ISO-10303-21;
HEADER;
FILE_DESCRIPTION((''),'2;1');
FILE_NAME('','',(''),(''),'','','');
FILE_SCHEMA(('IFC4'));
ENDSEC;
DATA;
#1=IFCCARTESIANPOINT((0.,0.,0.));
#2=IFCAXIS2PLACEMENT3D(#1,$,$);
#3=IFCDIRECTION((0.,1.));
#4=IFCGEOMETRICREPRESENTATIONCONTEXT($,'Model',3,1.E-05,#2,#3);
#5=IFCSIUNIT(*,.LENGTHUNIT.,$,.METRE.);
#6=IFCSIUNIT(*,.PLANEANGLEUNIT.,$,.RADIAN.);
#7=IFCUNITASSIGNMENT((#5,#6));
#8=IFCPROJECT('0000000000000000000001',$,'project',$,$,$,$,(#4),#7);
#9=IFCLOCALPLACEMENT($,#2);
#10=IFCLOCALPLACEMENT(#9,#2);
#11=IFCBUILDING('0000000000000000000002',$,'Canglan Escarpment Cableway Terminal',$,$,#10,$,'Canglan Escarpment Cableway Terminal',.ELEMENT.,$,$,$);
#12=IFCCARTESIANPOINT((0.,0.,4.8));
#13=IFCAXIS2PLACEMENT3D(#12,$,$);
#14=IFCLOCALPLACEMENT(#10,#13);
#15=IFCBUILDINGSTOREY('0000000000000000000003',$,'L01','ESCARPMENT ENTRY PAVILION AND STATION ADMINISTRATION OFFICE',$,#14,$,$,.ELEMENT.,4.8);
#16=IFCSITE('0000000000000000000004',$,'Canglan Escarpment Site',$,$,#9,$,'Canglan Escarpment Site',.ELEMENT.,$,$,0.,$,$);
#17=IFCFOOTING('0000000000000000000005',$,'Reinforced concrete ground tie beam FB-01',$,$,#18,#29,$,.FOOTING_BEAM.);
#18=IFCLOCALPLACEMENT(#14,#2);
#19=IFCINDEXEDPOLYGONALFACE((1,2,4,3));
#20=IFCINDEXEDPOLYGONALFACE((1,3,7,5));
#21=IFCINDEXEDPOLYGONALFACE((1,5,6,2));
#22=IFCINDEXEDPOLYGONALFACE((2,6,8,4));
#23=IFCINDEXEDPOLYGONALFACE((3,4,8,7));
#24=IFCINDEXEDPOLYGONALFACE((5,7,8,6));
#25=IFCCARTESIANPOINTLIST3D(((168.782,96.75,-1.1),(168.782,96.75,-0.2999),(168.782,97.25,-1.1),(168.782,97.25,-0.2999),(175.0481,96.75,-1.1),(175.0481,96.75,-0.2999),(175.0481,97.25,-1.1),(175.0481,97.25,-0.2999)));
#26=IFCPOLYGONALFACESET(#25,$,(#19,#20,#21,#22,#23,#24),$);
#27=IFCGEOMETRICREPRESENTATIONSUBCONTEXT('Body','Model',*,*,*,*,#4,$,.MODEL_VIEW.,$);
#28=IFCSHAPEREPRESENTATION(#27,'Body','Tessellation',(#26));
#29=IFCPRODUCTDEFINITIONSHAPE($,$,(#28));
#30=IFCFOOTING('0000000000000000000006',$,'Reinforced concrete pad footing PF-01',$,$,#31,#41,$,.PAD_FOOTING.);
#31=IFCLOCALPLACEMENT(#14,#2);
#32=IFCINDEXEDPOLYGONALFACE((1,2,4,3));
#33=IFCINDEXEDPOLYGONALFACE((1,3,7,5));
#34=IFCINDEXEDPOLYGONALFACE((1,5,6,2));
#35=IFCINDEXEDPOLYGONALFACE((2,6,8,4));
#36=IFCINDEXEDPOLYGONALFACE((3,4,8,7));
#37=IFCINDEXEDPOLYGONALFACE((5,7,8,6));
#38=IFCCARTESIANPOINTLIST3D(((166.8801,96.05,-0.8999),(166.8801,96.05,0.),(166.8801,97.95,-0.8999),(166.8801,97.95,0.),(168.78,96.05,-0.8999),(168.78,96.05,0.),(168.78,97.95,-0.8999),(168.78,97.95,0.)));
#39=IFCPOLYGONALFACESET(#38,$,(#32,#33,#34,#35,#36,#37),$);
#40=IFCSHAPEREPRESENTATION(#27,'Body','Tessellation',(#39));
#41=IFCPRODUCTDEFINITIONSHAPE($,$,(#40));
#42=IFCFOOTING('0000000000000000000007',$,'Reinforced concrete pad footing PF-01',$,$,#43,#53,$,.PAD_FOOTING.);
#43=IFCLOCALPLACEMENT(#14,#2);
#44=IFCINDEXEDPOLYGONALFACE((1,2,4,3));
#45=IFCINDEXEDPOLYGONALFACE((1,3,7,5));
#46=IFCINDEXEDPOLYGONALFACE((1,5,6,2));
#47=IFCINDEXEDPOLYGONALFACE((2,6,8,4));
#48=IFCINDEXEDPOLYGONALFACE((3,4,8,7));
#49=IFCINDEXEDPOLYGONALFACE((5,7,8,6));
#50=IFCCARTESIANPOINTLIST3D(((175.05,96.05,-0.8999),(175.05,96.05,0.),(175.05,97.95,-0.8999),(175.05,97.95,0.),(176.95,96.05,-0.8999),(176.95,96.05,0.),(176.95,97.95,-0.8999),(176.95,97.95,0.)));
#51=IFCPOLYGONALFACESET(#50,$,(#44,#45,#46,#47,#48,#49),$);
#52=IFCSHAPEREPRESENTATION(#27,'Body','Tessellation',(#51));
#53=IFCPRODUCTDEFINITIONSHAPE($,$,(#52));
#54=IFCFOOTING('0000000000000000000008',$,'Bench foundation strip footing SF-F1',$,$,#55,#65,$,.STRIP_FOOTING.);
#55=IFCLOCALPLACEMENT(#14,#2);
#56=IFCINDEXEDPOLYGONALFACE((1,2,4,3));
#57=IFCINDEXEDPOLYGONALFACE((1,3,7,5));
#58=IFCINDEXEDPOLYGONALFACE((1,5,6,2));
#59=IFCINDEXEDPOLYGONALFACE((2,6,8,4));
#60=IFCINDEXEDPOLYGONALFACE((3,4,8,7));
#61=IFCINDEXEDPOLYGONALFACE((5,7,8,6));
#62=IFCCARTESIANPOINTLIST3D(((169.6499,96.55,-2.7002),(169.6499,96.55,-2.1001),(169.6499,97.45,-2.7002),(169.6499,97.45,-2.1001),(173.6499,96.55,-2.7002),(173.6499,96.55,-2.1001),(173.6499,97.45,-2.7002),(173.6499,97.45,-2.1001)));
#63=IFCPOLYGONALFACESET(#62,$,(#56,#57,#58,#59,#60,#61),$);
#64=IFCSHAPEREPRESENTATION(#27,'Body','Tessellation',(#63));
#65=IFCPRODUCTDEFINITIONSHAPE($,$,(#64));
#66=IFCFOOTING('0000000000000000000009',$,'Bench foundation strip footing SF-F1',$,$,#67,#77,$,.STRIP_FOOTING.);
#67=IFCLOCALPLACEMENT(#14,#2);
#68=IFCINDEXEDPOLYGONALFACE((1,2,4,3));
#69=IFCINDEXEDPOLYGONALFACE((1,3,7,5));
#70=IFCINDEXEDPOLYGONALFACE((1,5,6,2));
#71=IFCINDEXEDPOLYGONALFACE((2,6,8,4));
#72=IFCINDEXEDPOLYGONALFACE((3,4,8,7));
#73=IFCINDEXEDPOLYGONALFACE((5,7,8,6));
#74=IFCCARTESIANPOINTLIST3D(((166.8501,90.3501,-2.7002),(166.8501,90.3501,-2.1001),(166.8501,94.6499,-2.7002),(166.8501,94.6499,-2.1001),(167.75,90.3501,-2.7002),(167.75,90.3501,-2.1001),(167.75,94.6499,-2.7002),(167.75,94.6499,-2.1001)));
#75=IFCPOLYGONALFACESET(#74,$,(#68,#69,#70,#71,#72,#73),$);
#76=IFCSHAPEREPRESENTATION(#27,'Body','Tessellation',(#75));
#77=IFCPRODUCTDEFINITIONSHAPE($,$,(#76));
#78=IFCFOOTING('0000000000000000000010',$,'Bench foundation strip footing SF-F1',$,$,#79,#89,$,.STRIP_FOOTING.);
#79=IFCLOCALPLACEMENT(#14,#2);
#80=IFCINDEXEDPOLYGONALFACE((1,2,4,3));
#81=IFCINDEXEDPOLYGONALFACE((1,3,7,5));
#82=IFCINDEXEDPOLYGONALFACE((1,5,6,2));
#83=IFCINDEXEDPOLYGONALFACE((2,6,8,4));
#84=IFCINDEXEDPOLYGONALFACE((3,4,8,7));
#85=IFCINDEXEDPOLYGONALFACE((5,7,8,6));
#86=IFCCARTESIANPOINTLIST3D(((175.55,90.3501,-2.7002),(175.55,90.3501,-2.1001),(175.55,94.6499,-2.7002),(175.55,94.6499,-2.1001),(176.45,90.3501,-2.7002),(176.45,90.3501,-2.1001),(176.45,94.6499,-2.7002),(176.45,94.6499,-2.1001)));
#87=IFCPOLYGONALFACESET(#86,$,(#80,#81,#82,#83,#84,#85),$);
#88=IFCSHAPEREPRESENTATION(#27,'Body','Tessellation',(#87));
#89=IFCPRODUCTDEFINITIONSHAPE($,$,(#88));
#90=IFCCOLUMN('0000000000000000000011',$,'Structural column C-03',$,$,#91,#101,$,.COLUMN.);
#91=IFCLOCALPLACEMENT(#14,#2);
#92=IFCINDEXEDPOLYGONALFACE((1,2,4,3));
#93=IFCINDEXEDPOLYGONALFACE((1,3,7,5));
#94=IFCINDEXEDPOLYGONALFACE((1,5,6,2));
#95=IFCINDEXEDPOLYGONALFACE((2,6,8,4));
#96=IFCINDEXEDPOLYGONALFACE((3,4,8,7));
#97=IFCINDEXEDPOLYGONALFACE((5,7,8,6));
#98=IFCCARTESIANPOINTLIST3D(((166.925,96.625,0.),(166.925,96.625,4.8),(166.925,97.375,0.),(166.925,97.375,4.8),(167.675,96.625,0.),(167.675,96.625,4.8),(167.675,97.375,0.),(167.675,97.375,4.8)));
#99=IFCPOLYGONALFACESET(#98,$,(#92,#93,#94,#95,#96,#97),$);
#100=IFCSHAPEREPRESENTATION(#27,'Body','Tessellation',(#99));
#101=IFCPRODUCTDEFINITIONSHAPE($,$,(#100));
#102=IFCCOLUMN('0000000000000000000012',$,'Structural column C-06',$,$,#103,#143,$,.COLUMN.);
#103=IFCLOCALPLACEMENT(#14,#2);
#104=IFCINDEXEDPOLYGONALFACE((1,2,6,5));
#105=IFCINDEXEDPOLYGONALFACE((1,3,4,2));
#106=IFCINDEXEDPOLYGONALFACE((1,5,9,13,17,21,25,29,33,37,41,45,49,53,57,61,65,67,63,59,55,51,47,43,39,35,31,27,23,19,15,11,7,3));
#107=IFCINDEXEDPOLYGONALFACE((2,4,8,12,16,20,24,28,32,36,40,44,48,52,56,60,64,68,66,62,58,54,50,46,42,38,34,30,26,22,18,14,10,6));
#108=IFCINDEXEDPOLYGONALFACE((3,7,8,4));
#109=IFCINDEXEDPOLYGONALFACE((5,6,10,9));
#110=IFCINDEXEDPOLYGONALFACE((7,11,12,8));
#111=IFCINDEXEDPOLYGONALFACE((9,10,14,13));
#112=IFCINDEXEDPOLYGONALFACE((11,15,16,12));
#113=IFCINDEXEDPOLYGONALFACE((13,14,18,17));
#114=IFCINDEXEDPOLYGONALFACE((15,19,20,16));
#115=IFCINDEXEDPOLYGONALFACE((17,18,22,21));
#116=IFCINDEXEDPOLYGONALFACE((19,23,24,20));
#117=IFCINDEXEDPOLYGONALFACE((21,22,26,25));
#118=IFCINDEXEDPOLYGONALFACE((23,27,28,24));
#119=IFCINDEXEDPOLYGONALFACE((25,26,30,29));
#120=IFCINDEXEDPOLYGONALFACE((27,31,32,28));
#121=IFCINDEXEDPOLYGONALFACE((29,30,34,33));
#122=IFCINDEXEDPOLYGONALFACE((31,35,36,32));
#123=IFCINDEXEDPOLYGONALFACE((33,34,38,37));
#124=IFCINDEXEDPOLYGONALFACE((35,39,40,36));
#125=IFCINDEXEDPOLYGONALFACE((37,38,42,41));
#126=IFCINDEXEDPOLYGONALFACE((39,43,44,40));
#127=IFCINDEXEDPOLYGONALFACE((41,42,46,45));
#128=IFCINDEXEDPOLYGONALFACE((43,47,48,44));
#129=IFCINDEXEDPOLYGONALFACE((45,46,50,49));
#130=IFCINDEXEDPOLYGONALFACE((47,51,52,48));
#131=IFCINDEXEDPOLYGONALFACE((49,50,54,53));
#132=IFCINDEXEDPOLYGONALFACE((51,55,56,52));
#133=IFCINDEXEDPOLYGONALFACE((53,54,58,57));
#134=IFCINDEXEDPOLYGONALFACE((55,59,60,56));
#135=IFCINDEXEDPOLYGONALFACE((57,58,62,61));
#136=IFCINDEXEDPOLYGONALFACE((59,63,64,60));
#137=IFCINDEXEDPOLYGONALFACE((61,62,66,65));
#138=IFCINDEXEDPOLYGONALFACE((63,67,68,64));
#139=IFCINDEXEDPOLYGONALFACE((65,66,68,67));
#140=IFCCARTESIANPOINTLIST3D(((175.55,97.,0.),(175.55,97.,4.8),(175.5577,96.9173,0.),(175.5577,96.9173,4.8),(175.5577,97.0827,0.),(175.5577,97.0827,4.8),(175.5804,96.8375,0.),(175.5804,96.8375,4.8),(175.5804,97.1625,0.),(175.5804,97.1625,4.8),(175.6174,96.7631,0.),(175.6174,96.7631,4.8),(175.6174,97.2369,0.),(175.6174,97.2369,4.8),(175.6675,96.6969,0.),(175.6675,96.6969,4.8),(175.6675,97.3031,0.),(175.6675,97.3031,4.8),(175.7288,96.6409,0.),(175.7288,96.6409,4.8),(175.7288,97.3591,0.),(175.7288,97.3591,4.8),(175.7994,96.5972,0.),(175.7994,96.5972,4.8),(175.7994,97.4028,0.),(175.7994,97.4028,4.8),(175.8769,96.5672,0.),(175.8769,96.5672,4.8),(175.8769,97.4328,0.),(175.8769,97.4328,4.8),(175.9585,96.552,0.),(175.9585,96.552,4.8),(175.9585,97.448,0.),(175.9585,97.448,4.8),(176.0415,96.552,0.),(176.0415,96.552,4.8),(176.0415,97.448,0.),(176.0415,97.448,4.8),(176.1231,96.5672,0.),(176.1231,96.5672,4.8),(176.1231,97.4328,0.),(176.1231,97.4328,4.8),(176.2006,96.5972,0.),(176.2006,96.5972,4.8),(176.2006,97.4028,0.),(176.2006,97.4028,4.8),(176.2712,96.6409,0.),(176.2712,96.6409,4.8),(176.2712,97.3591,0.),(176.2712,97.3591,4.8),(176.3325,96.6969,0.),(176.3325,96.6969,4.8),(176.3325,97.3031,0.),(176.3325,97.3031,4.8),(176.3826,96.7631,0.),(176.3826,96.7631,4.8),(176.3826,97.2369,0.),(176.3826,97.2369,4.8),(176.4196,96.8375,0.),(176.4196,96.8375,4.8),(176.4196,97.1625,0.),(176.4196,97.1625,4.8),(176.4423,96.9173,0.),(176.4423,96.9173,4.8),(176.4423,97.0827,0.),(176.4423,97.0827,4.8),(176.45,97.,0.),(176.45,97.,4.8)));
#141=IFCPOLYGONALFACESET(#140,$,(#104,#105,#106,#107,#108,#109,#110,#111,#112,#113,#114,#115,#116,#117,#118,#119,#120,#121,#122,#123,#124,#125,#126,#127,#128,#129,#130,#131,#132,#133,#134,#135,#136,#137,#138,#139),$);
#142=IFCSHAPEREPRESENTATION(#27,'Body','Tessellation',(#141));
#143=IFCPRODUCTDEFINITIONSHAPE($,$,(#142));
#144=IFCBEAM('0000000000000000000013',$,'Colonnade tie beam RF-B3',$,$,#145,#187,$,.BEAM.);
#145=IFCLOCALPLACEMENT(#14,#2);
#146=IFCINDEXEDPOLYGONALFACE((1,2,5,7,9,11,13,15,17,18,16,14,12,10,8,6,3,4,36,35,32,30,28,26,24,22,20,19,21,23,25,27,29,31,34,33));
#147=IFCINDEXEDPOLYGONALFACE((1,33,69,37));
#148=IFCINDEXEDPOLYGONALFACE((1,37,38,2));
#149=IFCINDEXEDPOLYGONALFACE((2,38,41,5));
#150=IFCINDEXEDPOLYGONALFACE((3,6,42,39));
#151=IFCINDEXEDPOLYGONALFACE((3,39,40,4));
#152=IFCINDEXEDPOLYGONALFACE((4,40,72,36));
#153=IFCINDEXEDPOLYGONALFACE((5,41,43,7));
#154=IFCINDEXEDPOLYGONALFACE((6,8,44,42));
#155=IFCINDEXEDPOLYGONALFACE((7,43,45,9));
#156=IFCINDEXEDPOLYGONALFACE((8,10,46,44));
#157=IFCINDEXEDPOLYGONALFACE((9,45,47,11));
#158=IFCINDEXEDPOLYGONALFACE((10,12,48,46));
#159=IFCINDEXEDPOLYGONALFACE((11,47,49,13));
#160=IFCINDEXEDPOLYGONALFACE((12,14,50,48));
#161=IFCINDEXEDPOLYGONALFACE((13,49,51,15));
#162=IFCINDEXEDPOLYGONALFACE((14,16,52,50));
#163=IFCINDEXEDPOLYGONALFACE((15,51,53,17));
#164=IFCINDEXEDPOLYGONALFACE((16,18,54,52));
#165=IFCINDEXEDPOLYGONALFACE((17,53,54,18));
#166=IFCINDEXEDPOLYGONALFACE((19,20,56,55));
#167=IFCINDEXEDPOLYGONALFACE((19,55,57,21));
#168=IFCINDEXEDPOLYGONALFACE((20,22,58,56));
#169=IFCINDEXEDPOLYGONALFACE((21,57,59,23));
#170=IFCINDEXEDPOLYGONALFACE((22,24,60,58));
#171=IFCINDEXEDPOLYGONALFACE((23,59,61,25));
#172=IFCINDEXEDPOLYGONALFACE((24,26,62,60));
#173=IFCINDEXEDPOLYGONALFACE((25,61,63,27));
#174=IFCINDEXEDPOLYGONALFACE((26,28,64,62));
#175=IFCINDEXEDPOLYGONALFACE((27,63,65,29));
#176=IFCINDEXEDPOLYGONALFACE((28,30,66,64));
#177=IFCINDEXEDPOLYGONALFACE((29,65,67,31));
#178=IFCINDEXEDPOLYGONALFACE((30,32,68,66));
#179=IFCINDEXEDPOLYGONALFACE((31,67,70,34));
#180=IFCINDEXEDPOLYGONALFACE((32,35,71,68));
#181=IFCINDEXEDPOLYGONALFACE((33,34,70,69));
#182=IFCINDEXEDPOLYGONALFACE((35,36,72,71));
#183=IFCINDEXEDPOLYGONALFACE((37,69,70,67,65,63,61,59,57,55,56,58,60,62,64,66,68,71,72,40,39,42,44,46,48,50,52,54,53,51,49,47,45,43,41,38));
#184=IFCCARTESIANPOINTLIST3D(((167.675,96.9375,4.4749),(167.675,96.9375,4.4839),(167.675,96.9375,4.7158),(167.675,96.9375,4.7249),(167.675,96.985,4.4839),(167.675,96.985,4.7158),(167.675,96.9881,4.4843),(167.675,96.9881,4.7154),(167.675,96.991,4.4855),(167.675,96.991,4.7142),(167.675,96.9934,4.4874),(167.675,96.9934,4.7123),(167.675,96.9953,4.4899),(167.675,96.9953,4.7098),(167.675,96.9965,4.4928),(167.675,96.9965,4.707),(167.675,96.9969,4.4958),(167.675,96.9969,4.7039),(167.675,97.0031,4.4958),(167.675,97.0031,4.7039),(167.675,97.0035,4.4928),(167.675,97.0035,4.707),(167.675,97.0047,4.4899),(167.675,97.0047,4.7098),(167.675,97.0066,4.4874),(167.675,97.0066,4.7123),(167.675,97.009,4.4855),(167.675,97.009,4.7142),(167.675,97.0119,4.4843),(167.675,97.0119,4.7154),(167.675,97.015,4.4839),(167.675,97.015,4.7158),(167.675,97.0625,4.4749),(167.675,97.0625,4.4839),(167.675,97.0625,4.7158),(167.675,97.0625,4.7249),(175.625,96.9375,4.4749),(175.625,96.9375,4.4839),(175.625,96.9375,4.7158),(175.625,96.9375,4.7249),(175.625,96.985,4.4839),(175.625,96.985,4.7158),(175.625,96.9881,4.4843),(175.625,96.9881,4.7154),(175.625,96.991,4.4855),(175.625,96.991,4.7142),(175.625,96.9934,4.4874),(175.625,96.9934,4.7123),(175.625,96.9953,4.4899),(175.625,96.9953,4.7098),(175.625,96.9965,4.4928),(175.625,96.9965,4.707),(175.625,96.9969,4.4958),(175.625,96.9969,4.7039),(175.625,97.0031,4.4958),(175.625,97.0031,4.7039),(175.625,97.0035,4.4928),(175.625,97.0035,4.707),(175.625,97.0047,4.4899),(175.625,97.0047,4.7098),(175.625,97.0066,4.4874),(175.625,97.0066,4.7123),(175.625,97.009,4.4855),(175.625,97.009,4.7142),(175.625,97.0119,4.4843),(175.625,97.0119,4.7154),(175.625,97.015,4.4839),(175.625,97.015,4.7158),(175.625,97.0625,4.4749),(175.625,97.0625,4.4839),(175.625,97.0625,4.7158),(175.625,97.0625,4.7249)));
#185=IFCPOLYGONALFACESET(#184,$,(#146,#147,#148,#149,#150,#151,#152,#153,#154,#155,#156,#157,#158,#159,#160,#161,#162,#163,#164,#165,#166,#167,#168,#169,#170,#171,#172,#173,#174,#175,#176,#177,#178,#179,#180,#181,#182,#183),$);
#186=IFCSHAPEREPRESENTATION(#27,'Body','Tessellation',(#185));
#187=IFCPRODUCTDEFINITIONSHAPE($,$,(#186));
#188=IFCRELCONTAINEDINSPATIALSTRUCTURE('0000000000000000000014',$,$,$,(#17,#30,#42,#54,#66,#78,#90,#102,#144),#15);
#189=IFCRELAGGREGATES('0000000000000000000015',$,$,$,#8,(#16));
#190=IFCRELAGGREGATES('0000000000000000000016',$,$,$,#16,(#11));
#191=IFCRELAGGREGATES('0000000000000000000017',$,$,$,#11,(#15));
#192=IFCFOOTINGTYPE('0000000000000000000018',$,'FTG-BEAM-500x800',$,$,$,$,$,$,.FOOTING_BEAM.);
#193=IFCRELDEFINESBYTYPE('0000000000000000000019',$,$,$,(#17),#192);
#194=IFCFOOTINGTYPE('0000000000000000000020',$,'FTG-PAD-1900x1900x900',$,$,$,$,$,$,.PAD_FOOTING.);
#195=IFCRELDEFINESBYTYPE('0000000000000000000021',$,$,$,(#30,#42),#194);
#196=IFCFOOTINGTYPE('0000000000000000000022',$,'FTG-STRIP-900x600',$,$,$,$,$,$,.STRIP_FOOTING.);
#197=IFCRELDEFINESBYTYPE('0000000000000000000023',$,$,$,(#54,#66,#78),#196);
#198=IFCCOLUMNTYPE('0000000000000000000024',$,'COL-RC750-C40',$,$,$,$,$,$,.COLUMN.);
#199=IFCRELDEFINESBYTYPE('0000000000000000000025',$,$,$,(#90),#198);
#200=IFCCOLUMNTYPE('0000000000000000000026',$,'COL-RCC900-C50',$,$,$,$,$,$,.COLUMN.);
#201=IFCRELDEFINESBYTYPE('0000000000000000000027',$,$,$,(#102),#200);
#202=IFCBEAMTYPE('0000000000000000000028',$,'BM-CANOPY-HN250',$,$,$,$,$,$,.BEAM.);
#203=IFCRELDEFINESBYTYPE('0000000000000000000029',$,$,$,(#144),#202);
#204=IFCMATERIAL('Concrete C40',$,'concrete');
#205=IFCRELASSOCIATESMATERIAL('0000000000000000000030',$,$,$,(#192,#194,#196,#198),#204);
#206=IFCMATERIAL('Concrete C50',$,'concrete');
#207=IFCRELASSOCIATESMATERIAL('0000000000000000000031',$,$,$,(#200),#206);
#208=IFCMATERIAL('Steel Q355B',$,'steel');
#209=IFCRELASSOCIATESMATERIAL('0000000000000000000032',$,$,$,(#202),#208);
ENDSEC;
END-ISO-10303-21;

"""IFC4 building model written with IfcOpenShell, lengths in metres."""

from ifc_helpers import new_model, si_unit, direction, frame, origin, origin_2d, place, context, subcontext, project, spatial, rectangle, circle, i_section, extrude, material, material_profile, profile_set, type_object, element, save


model = new_model("IFC4")

# Units and contexts
model_context = context("Model", 3, precision=1e-05, world=origin(), true_north=direction((0.0, 1.0)))
body_context = subcontext(model_context, "Body", "Model", "MODEL_VIEW")
ifc_project = project(units=[si_unit("LENGTHUNIT", "METRE"), si_unit("PLANEANGLEUNIT", "RADIAN")], contexts=[model_context])

# Site, building, storey
site_placement = place(None, origin())
site = spatial("IfcSite", under=ifc_project, at=site_placement, Name="Canglan Escarpment Site", LongName="Canglan Escarpment Site", CompositionType="ELEMENT", RefElevation=0.0)
building_placement = place(site_placement, origin())
building = spatial("IfcBuilding", under=site, at=building_placement, Name="Canglan Escarpment Cableway Terminal", LongName="Canglan Escarpment Cableway Terminal", CompositionType="ELEMENT")
storey_placement = place(building_placement, frame((0.0, 0.0, 4.8)))
storey = spatial("IfcBuildingStorey", under=building, at=storey_placement, Name="L01", Description="ESCARPMENT ENTRY PAVILION AND STATION ADMINISTRATION OFFICE", CompositionType="ELEMENT", Elevation=4.8)

# Footings
ifc_material_1 = material(Name="Concrete C40", Category="concrete")
ifc_material_profile_1 = material_profile(ifc_material_1, rectangle(XDim=0.5, YDim=0.8, at=origin_2d()), Name="FB 500x800")
ifc_profile_set_1 = profile_set([ifc_material_profile_1], Name="Concrete C40")
footing_type_1 = type_object("IfcFootingType", Name="FTG-BEAM-500x800", PredefinedType="FOOTING_BEAM", material=ifc_profile_set_1)
footing_1_placement = place(storey_placement, frame((168.782, 97.0, -0.7), z_axis=(1.0, 0.0, 0.0), x_axis=(0.0, 1.0, 0.0)))
element("IfcFooting", 1, at=footing_1_placement, inside=storey, type_object=footing_type_1, Name="Reinforced concrete ground tie beam FB-01", PredefinedType="FOOTING_BEAM", context=body_context, shape_type="SweptSolid", body=[
    extrude(rectangle(XDim=0.5, YDim=0.8, at=origin_2d()), origin(), (0.0, 0.0, 1.0), 6.2661),
])
footing_type_2 = type_object("IfcFootingType", Name="FTG-PAD-1900x1900x900", PredefinedType="PAD_FOOTING", material=ifc_material_1)
for number, where, z_axis, x_axis, name in (
    (2, (167.8301, 97.0, -0.8999), (0.0, 0.0, 1.0), (1.0, 0.0, 0.0), "Reinforced concrete pad footing PF-01"),
    (3, (176.0, 97.0, -0.8999), (0.0, 0.0, 1.0), (1.0, 0.0, 0.0), "Reinforced concrete pad footing PF-01"),
):
    element("IfcFooting", number, at=place(storey_placement, frame(where, z_axis=z_axis, x_axis=x_axis)), inside=storey, type_object=footing_type_2, Name=name, PredefinedType="PAD_FOOTING", context=body_context, shape_type="SweptSolid", body=[
        extrude(rectangle(XDim=1.8999, YDim=1.8999, at=origin_2d()), origin(), (0.0, 0.0, 1.0), 0.8999),
    ])
ifc_material_profile_2 = material_profile(ifc_material_1, rectangle(XDim=0.8999, YDim=0.6001, at=origin_2d()), Name="SF 900x600")
ifc_profile_set_2 = profile_set([ifc_material_profile_2], Name="Concrete C40")
footing_type_3 = type_object("IfcFootingType", Name="FTG-STRIP-900x600", PredefinedType="STRIP_FOOTING", material=ifc_profile_set_2)
footing_2_placement = place(storey_placement, frame((169.6499, 97.0, -2.4001), z_axis=(1.0, 0.0, 0.0), x_axis=(0.0, 1.0, 0.0)))
element("IfcFooting", 4, at=footing_2_placement, inside=storey, type_object=footing_type_3, Name="Bench foundation strip footing SF-F1", PredefinedType="STRIP_FOOTING", context=body_context, shape_type="SweptSolid", body=[
    extrude(rectangle(XDim=0.8999, YDim=0.6001, at=origin_2d()), origin(), (0.0, 0.0, 1.0), 4.0),
])
for number, where, z_axis, x_axis, name in (
    (5, (167.3, 90.3501, -2.4001), (0.0, 1.0, 0.0), (-1.0, 0.0, 0.0), "Bench foundation strip footing SF-F1"),
    (6, (176.0, 90.3501, -2.4001), (0.0, 1.0, 0.0), (-1.0, 0.0, 0.0), "Bench foundation strip footing SF-F1"),
):
    element("IfcFooting", number, at=place(storey_placement, frame(where, z_axis=z_axis, x_axis=x_axis)), inside=storey, type_object=footing_type_3, Name=name, PredefinedType="STRIP_FOOTING", context=body_context, shape_type="SweptSolid", body=[
        extrude(rectangle(XDim=0.8999, YDim=0.6001, at=origin_2d()), origin(), (0.0, 0.0, 1.0), 4.2998),
    ])

# Columns
ifc_material_profile_3 = material_profile(ifc_material_1, rectangle(XDim=0.75, YDim=0.75, at=origin_2d()), Name="RC 750x750")
ifc_profile_set_3 = profile_set([ifc_material_profile_3], Name="Concrete C40")
column_type_1 = type_object("IfcColumnType", Name="COL-RC750-C40", PredefinedType="COLUMN", material=ifc_profile_set_3)
column_1_placement = place(storey_placement, frame((167.3, 97.0, 0.0), z_axis=(0.0, 0.0, 1.0), x_axis=(1.0, 0.0, 0.0)))
element("IfcColumn", 7, at=column_1_placement, inside=storey, type_object=column_type_1, Name="Structural column C-03", PredefinedType="COLUMN", context=body_context, shape_type="SweptSolid", body=[
    extrude(rectangle(XDim=0.75, YDim=0.75, at=origin_2d()), origin(), (0.0, 0.0, 1.0), 4.8),
])
ifc_material_2 = material(Name="Concrete C50", Category="concrete")
ifc_material_profile_4 = material_profile(ifc_material_2, circle(Radius=0.45, at=origin_2d()), Name="RC-CIRC D900")
ifc_profile_set_4 = profile_set([ifc_material_profile_4], Name="Concrete C50")
column_type_2 = type_object("IfcColumnType", Name="COL-RCC900-C50", PredefinedType="COLUMN", material=ifc_profile_set_4)
column_2_placement = place(storey_placement, frame((176.0, 97.0, 0.0), z_axis=(0.0, 0.0, 1.0), x_axis=(1.0, 0.0, 0.0)))
element("IfcColumn", 8, at=column_2_placement, inside=storey, type_object=column_type_2, Name="Structural column C-06", PredefinedType="COLUMN", context=body_context, shape_type="SweptSolid", body=[
    extrude(circle(Radius=0.45, at=origin_2d()), origin(), (0.0, 0.0, 1.0), 4.8),
])

# Beam
ifc_material_3 = material(Name="Steel Q355B", Category="steel")
ifc_material_profile_5 = material_profile(ifc_material_3, i_section(OverallWidth=0.125, OverallDepth=0.25, WebThickness=0.0061, FlangeThickness=0.009, FilletRadius=0.012, at=origin_2d()), Name="HN 250x125x6x9")
ifc_profile_set_5 = profile_set([ifc_material_profile_5], Name="Steel Q355B")
beam_type = type_object("IfcBeamType", Name="BM-CANOPY-HN250", PredefinedType="BEAM", material=ifc_profile_set_5)
beam_placement = place(storey_placement, frame((167.675, 97.0, 4.5999), z_axis=(1.0, 0.0, 0.0), x_axis=(0.0, 1.0, 0.0)))
element("IfcBeam", 9, at=beam_placement, inside=storey, type_object=beam_type, Name="Colonnade tie beam RF-B3", PredefinedType="BEAM", context=body_context, shape_type="SweptSolid", body=[
    extrude(i_section(OverallWidth=0.125, OverallDepth=0.25, WebThickness=0.0061, FlangeThickness=0.009, FilletRadius=0.012, at=origin_2d()), origin(), (0.0, 0.0, 1.0), 7.95),
])

save(model, "model.ifc")
